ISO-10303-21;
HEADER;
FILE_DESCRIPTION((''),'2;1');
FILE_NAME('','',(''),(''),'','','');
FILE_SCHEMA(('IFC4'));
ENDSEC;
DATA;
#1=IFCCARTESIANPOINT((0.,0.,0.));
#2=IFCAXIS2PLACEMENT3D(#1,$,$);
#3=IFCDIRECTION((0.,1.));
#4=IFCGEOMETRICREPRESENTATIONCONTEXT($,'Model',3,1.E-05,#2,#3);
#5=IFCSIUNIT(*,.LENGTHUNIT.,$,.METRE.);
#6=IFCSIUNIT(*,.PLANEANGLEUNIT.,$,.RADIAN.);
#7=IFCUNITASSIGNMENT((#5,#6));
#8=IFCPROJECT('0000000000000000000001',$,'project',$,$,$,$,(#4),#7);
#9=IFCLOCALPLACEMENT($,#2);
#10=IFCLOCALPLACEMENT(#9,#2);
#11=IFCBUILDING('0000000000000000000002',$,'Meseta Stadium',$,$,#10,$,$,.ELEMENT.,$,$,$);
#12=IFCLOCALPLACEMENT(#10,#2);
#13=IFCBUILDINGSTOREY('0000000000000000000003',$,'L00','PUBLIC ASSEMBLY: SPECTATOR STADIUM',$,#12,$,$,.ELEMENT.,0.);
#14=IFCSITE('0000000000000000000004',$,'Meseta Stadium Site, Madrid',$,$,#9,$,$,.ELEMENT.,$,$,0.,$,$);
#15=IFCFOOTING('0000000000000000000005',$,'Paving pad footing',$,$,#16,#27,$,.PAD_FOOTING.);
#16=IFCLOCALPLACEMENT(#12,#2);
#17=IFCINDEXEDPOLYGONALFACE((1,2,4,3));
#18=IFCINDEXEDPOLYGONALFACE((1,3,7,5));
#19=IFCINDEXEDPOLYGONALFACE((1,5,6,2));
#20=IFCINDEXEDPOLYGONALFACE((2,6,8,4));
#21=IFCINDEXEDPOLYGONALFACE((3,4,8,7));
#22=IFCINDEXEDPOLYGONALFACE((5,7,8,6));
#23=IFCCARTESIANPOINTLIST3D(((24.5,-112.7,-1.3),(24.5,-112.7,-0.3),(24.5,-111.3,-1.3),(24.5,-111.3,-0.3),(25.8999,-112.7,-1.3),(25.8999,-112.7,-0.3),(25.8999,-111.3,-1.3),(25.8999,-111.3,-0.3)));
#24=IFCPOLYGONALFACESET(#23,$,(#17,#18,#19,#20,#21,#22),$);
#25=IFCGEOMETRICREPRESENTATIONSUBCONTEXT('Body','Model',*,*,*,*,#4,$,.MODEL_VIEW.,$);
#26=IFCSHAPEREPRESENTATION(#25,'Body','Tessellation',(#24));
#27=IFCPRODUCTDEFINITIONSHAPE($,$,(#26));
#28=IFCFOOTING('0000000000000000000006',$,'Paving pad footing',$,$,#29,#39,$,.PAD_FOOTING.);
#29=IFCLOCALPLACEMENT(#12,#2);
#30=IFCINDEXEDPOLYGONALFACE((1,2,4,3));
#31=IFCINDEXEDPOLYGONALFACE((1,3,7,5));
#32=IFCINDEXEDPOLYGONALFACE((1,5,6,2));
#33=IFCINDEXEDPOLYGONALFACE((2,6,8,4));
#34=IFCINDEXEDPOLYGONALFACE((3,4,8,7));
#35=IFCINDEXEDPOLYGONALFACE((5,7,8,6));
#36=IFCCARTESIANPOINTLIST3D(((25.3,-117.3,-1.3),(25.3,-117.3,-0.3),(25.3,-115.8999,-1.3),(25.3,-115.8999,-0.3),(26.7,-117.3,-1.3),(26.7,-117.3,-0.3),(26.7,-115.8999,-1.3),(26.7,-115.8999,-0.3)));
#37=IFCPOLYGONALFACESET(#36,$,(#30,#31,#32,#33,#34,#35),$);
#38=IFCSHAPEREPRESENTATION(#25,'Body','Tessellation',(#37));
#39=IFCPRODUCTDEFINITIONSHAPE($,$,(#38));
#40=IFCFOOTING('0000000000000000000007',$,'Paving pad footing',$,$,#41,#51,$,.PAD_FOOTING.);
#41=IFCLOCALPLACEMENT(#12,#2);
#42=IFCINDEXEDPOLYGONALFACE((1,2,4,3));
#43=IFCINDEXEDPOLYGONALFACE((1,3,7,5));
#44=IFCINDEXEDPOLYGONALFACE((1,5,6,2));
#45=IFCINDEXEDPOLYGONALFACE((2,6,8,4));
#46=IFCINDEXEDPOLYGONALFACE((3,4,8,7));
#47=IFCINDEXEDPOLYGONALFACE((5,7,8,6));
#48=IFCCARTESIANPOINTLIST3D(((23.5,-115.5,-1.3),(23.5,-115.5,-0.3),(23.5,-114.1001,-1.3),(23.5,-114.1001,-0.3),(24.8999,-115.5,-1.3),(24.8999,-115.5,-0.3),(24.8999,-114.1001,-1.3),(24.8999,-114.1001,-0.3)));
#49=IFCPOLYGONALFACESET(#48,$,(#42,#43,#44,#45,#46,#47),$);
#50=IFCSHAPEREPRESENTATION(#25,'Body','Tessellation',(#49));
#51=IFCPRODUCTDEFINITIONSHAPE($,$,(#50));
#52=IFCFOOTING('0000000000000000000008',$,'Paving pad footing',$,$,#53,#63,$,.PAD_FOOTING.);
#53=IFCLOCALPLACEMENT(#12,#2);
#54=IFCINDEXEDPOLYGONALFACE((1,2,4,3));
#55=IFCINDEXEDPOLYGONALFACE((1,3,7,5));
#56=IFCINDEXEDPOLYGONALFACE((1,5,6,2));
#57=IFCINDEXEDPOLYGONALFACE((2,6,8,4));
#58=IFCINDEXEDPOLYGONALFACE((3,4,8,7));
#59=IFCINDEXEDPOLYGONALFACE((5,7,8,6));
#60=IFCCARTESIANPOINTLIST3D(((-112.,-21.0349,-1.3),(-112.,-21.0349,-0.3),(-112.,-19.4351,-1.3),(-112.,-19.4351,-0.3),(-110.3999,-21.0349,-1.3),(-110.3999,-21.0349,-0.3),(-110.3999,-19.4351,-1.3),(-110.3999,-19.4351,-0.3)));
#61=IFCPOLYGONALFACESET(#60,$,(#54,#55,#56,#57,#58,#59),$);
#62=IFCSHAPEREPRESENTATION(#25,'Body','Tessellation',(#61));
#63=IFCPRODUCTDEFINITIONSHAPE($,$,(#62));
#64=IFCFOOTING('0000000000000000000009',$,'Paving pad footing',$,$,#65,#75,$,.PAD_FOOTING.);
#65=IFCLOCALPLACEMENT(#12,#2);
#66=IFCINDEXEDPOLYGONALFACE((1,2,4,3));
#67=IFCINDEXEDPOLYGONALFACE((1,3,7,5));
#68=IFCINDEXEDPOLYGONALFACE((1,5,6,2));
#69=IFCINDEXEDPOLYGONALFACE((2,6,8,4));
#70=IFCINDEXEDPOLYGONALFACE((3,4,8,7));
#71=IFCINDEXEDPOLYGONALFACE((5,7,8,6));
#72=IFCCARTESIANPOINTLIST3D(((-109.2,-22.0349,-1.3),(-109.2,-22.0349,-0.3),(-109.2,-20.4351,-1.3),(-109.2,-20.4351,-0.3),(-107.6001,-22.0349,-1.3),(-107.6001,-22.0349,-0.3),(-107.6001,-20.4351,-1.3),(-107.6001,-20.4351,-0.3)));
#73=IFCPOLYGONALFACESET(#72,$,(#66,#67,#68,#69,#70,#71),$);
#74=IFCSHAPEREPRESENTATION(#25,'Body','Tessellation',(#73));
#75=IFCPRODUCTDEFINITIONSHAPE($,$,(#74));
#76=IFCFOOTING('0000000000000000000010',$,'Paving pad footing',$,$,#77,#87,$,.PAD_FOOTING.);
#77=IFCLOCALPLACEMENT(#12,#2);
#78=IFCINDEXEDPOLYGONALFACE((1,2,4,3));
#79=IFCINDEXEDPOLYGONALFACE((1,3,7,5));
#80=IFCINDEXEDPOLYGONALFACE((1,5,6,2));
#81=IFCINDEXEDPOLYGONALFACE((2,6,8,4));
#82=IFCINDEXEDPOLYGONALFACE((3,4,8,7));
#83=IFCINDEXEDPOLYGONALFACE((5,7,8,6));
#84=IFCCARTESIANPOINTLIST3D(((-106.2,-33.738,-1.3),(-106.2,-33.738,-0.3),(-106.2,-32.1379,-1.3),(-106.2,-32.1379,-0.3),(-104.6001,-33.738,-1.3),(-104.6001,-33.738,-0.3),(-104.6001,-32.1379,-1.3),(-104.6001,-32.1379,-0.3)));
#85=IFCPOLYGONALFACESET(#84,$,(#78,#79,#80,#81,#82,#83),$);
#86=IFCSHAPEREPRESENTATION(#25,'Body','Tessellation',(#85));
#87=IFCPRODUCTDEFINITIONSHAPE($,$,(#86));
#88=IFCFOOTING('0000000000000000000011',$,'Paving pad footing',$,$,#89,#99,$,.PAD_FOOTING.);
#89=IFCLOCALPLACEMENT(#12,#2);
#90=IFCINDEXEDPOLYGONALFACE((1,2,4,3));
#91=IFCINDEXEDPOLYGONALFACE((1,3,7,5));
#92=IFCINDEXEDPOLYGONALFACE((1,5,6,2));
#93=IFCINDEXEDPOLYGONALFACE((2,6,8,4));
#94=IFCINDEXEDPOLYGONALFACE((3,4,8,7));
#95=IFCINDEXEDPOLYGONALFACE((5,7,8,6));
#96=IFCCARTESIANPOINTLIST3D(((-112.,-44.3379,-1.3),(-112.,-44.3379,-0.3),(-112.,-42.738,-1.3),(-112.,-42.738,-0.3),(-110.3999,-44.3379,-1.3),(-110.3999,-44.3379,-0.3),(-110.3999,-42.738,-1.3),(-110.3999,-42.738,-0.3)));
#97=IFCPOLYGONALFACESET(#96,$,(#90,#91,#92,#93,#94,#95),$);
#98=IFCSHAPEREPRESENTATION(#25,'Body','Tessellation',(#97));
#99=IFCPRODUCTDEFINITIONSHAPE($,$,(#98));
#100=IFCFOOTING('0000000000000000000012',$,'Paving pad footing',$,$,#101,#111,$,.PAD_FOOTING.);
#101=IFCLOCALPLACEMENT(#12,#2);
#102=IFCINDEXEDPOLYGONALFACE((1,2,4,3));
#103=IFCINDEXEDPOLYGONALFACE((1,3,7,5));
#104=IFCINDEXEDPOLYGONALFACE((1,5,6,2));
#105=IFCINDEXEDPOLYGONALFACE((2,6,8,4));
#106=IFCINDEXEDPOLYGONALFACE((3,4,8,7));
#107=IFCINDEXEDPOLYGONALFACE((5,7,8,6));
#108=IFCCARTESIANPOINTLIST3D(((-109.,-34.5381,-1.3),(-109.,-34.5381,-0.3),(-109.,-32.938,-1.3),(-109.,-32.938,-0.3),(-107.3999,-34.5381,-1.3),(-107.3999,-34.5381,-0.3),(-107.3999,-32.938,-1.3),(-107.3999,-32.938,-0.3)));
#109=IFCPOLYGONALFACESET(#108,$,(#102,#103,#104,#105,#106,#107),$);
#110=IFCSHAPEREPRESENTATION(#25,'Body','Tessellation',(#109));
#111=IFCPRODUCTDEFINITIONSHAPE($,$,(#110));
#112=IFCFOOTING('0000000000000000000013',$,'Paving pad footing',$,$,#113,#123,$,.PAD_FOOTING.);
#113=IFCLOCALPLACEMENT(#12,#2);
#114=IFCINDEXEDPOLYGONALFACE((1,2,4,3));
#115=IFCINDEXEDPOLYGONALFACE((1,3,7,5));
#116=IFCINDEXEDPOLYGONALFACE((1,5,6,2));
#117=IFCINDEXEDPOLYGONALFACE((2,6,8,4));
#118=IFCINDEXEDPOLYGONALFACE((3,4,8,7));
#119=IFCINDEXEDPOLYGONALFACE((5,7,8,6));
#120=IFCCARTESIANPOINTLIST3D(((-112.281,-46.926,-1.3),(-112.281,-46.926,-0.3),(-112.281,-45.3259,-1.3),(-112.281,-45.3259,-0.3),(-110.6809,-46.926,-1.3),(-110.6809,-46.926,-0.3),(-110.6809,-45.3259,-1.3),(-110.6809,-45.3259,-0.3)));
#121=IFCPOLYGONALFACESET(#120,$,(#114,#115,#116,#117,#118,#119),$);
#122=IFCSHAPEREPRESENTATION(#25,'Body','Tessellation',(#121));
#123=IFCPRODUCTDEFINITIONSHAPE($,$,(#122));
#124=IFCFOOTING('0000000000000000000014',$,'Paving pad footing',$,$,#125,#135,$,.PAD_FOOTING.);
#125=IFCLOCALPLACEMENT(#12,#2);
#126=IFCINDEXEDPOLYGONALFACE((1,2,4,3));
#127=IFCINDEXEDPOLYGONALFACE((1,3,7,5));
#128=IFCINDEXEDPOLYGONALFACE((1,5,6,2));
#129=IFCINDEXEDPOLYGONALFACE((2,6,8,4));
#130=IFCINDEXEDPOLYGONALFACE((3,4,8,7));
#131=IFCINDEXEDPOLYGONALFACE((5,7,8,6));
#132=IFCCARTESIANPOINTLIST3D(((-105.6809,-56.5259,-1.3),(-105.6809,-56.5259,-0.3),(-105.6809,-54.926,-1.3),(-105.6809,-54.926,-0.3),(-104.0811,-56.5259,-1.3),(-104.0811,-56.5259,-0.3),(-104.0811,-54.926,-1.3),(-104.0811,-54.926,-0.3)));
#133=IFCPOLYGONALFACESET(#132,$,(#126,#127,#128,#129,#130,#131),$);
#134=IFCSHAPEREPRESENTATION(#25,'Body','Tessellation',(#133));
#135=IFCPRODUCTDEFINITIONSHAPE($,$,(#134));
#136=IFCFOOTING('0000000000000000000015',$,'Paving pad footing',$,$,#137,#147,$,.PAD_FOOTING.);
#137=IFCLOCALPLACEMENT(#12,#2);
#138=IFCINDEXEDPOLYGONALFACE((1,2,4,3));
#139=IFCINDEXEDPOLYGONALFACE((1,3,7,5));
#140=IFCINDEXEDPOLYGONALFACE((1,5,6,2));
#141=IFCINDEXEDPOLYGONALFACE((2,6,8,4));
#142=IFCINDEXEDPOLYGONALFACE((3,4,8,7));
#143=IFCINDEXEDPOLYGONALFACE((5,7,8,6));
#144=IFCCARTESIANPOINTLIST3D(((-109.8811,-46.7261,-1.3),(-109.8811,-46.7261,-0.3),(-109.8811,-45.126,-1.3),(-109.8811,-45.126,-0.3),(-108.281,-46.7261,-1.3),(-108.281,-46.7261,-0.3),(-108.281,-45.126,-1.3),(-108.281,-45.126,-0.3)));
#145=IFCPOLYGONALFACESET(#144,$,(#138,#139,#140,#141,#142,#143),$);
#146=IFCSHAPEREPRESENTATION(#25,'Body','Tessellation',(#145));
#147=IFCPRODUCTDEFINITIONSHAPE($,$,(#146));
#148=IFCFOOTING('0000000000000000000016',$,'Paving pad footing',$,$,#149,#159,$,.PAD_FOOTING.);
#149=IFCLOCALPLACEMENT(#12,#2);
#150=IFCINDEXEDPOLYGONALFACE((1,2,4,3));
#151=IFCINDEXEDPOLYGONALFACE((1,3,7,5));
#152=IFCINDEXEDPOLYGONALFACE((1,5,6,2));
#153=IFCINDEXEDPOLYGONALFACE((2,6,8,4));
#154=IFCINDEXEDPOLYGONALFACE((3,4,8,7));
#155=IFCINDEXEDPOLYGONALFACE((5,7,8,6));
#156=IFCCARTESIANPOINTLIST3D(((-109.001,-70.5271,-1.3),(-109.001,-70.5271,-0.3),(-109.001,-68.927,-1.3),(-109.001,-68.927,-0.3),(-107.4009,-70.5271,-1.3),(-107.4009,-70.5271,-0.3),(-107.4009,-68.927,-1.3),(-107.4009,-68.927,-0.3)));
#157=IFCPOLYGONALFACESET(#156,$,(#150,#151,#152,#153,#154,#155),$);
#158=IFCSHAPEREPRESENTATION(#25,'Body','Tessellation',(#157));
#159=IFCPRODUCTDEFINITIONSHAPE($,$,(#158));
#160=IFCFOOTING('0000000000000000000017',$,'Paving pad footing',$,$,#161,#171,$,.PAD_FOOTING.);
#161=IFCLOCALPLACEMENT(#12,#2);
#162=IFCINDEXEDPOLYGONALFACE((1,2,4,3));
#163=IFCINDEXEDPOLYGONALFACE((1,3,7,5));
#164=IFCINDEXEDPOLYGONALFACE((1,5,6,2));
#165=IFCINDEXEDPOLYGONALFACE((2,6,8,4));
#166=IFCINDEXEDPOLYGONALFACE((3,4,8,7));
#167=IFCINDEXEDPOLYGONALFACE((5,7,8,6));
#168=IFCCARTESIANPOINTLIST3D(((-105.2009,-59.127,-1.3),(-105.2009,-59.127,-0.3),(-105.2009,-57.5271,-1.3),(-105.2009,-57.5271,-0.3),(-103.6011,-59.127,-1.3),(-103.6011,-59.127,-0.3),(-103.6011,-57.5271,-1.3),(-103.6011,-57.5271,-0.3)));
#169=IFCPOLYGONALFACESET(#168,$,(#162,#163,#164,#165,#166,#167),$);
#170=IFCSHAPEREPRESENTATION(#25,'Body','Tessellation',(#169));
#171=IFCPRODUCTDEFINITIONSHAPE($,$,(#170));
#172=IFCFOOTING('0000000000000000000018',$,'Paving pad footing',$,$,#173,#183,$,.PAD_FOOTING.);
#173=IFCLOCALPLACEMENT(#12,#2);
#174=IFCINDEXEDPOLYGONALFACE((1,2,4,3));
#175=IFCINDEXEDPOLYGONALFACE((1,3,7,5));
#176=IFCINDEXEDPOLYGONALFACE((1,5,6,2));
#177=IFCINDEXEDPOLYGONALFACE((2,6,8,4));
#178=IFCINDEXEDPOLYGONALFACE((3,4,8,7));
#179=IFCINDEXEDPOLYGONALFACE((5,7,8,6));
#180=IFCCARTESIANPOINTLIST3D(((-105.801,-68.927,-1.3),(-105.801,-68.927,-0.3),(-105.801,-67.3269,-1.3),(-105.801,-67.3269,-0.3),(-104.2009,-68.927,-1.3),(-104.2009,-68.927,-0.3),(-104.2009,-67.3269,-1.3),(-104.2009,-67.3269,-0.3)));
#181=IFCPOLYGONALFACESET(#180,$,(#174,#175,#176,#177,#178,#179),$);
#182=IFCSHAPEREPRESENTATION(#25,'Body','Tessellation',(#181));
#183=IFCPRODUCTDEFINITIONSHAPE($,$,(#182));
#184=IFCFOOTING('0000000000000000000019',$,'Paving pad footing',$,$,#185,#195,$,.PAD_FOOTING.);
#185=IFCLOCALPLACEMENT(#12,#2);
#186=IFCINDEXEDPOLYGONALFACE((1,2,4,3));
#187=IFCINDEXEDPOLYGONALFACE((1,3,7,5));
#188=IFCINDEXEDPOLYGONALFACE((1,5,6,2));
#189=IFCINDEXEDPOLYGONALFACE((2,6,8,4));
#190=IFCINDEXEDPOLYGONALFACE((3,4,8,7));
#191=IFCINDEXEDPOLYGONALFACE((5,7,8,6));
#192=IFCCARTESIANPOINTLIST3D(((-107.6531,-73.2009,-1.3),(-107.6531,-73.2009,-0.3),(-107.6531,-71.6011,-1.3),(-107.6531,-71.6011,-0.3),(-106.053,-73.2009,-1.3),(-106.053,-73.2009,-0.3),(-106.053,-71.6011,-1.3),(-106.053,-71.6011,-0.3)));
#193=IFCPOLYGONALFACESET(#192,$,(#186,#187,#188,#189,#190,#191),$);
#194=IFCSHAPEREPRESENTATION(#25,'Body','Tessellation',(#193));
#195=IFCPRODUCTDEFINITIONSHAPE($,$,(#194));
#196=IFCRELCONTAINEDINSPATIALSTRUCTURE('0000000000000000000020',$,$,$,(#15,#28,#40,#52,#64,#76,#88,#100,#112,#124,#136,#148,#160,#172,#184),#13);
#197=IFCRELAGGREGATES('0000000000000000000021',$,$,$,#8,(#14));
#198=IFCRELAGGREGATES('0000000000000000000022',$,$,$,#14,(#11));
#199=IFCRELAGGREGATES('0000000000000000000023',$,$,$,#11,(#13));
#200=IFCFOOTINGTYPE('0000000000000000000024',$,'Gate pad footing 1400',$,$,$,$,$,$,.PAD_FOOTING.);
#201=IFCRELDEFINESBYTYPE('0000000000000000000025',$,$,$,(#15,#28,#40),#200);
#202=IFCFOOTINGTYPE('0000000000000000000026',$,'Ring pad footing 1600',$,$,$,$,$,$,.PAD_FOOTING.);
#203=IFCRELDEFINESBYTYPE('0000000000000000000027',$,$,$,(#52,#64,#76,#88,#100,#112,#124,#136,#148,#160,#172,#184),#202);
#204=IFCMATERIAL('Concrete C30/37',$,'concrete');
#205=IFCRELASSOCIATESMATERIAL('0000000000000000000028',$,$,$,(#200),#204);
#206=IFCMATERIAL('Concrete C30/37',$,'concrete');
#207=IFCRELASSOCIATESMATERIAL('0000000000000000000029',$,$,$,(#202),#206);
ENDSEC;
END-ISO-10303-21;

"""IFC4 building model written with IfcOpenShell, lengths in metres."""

from ifc_helpers import new_model, si_unit, direction, frame, origin, place, context, subcontext, project, spatial, polyline, outline, extrude, material, type_object, element, save


model = new_model("IFC4")

# Units and contexts
model_context = context("Model", 3, precision=1e-05, world=origin(), true_north=direction((0.0, 1.0)))
body_context = subcontext(model_context, "Body", "Model", "MODEL_VIEW")
ifc_project = project(units=[si_unit("LENGTHUNIT", "METRE"), si_unit("PLANEANGLEUNIT", "RADIAN")], contexts=[model_context])

# Site, building, storey
site_placement = place(None, origin())
site = spatial("IfcSite", under=ifc_project, at=site_placement, Name="Meseta Stadium Site, Madrid", CompositionType="ELEMENT", RefElevation=0.0)
building_placement = place(site_placement, origin())
building = spatial("IfcBuilding", under=site, at=building_placement, Name="Meseta Stadium", CompositionType="ELEMENT")
storey_placement = place(building_placement, origin())
storey = spatial("IfcBuildingStorey", under=building, at=storey_placement, Name="L00", Description="PUBLIC ASSEMBLY: SPECTATOR STADIUM", CompositionType="ELEMENT", Elevation=0.0)

# Footings
ifc_material_1 = material(Name="Concrete C30/37", Category="concrete")
footing_type_1 = type_object("IfcFootingType", Name="Gate pad footing 1400", PredefinedType="PAD_FOOTING", material=ifc_material_1)
footing_1_placement = place(storey_placement, frame((0.0, 0.0, -1.3)))
element("IfcFooting", 1, at=footing_1_placement, inside=storey, type_object=footing_type_1, Name="Paving pad footing", PredefinedType="PAD_FOOTING", context=body_context, shape_type="SweptSolid", body=[
    extrude(outline(polyline([(25.8999, -112.7), (25.8999, -111.3), (24.5, -111.3), (24.5, -112.7), (25.8999, -112.7)])), origin(), (0.0, 0.0, 1.0), 1.0),
])
footing_2_placement = place(storey_placement, frame((0.0, 0.0, -1.3)))
element("IfcFooting", 2, at=footing_2_placement, inside=storey, type_object=footing_type_1, Name="Paving pad footing", PredefinedType="PAD_FOOTING", context=body_context, shape_type="SweptSolid", body=[
    extrude(outline(polyline([(26.7, -117.3), (26.7, -115.8999), (25.3, -115.8999), (25.3, -117.3), (26.7, -117.3)])), origin(), (0.0, 0.0, 1.0), 1.0),
])
footing_3_placement = place(storey_placement, frame((0.0, 0.0, -1.3)))
element("IfcFooting", 3, at=footing_3_placement, inside=storey, type_object=footing_type_1, Name="Paving pad footing", PredefinedType="PAD_FOOTING", context=body_context, shape_type="SweptSolid", body=[
    extrude(outline(polyline([(24.8999, -115.5), (24.8999, -114.1001), (23.5, -114.1001), (23.5, -115.5), (24.8999, -115.5)])), origin(), (0.0, 0.0, 1.0), 1.0),
])
ifc_material_2 = material(Name="Concrete C30/37", Category="concrete")
footing_type_2 = type_object("IfcFootingType", Name="Ring pad footing 1600", PredefinedType="PAD_FOOTING", material=ifc_material_2)
footing_4_placement = place(storey_placement, frame((0.0, 0.0, -1.3)))
element("IfcFooting", 4, at=footing_4_placement, inside=storey, type_object=footing_type_2, Name="Paving pad footing", PredefinedType="PAD_FOOTING", context=body_context, shape_type="SweptSolid", body=[
    extrude(outline(polyline([(-110.3999, -21.0349), (-110.3999, -19.4351), (-112.0, -19.4351), (-112.0, -21.0349), (-110.3999, -21.0349)])), origin(), (0.0, 0.0, 1.0), 1.0),
])
footing_5_placement = place(storey_placement, frame((0.0, 0.0, -1.3)))
element("IfcFooting", 5, at=footing_5_placement, inside=storey, type_object=footing_type_2, Name="Paving pad footing", PredefinedType="PAD_FOOTING", context=body_context, shape_type="SweptSolid", body=[
    extrude(outline(polyline([(-107.6001, -22.0349), (-107.6001, -20.4351), (-109.2, -20.4351), (-109.2, -22.0349), (-107.6001, -22.0349)])), origin(), (0.0, 0.0, 1.0), 1.0),
])
footing_6_placement = place(storey_placement, frame((0.0, 0.0, -1.3)))
element("IfcFooting", 6, at=footing_6_placement, inside=storey, type_object=footing_type_2, Name="Paving pad footing", PredefinedType="PAD_FOOTING", context=body_context, shape_type="SweptSolid", body=[
    extrude(outline(polyline([(-104.6001, -33.738), (-104.6001, -32.1379), (-106.2, -32.1379), (-106.2, -33.738), (-104.6001, -33.738)])), origin(), (0.0, 0.0, 1.0), 1.0),
])
footing_7_placement = place(storey_placement, frame((0.0, 0.0, -1.3)))
element("IfcFooting", 7, at=footing_7_placement, inside=storey, type_object=footing_type_2, Name="Paving pad footing", PredefinedType="PAD_FOOTING", context=body_context, shape_type="SweptSolid", body=[
    extrude(outline(polyline([(-110.3999, -44.3379), (-110.3999, -42.738), (-112.0, -42.738), (-112.0, -44.3379), (-110.3999, -44.3379)])), origin(), (0.0, 0.0, 1.0), 1.0),
])
footing_8_placement = place(storey_placement, frame((0.0, 0.0, -1.3)))
element("IfcFooting", 8, at=footing_8_placement, inside=storey, type_object=footing_type_2, Name="Paving pad footing", PredefinedType="PAD_FOOTING", context=body_context, shape_type="SweptSolid", body=[
    extrude(outline(polyline([(-107.3999, -34.5381), (-107.3999, -32.938), (-109.0, -32.938), (-109.0, -34.5381), (-107.3999, -34.5381)])), origin(), (0.0, 0.0, 1.0), 1.0),
])
footing_9_placement = place(storey_placement, frame((0.0, 0.0, -1.3)))
element("IfcFooting", 9, at=footing_9_placement, inside=storey, type_object=footing_type_2, Name="Paving pad footing", PredefinedType="PAD_FOOTING", context=body_context, shape_type="SweptSolid", body=[
    extrude(outline(polyline([(-110.6809, -46.926), (-110.6809, -45.3259), (-112.281, -45.3259), (-112.281, -46.926), (-110.6809, -46.926)])), origin(), (0.0, 0.0, 1.0), 1.0),
])
footing_10_placement = place(storey_placement, frame((0.0, 0.0, -1.3)))
element("IfcFooting", 10, at=footing_10_placement, inside=storey, type_object=footing_type_2, Name="Paving pad footing", PredefinedType="PAD_FOOTING", context=body_context, shape_type="SweptSolid", body=[
    extrude(outline(polyline([(-104.0811, -56.5259), (-104.0811, -54.926), (-105.6809, -54.926), (-105.6809, -56.5259), (-104.0811, -56.5259)])), origin(), (0.0, 0.0, 1.0), 1.0),
])
footing_11_placement = place(storey_placement, frame((0.0, 0.0, -1.3)))
element("IfcFooting", 11, at=footing_11_placement, inside=storey, type_object=footing_type_2, Name="Paving pad footing", PredefinedType="PAD_FOOTING", context=body_context, shape_type="SweptSolid", body=[
    extrude(outline(polyline([(-108.281, -46.7261), (-108.281, -45.126), (-109.8811, -45.126), (-109.8811, -46.7261), (-108.281, -46.7261)])), origin(), (0.0, 0.0, 1.0), 1.0),
])
footing_12_placement = place(storey_placement, frame((0.0, 0.0, -1.3)))
element("IfcFooting", 12, at=footing_12_placement, inside=storey, type_object=footing_type_2, Name="Paving pad footing", PredefinedType="PAD_FOOTING", context=body_context, shape_type="SweptSolid", body=[
    extrude(outline(polyline([(-107.4009, -70.5271), (-107.4009, -68.927), (-109.001, -68.927), (-109.001, -70.5271), (-107.4009, -70.5271)])), origin(), (0.0, 0.0, 1.0), 1.0),
])
footing_13_placement = place(storey_placement, frame((0.0, 0.0, -1.3)))
element("IfcFooting", 13, at=footing_13_placement, inside=storey, type_object=footing_type_2, Name="Paving pad footing", PredefinedType="PAD_FOOTING", context=body_context, shape_type="SweptSolid", body=[
    extrude(outline(polyline([(-103.6011, -59.127), (-103.6011, -57.5271), (-105.2009, -57.5271), (-105.2009, -59.127), (-103.6011, -59.127)])), origin(), (0.0, 0.0, 1.0), 1.0),
])
footing_14_placement = place(storey_placement, frame((0.0, 0.0, -1.3)))
element("IfcFooting", 14, at=footing_14_placement, inside=storey, type_object=footing_type_2, Name="Paving pad footing", PredefinedType="PAD_FOOTING", context=body_context, shape_type="SweptSolid", body=[
    extrude(outline(polyline([(-104.2009, -68.927), (-104.2009, -67.3269), (-105.801, -67.3269), (-105.801, -68.927), (-104.2009, -68.927)])), origin(), (0.0, 0.0, 1.0), 1.0),
])
footing_15_placement = place(storey_placement, frame((0.0, 0.0, -1.3)))
element("IfcFooting", 15, at=footing_15_placement, inside=storey, type_object=footing_type_2, Name="Paving pad footing", PredefinedType="PAD_FOOTING", context=body_context, shape_type="SweptSolid", body=[
    extrude(outline(polyline([(-106.053, -73.2009), (-106.053, -71.6011), (-107.6531, -71.6011), (-107.6531, -73.2009), (-106.053, -73.2009)])), origin(), (0.0, 0.0, 1.0), 1.0),
])

save(model, "model.ifc")
